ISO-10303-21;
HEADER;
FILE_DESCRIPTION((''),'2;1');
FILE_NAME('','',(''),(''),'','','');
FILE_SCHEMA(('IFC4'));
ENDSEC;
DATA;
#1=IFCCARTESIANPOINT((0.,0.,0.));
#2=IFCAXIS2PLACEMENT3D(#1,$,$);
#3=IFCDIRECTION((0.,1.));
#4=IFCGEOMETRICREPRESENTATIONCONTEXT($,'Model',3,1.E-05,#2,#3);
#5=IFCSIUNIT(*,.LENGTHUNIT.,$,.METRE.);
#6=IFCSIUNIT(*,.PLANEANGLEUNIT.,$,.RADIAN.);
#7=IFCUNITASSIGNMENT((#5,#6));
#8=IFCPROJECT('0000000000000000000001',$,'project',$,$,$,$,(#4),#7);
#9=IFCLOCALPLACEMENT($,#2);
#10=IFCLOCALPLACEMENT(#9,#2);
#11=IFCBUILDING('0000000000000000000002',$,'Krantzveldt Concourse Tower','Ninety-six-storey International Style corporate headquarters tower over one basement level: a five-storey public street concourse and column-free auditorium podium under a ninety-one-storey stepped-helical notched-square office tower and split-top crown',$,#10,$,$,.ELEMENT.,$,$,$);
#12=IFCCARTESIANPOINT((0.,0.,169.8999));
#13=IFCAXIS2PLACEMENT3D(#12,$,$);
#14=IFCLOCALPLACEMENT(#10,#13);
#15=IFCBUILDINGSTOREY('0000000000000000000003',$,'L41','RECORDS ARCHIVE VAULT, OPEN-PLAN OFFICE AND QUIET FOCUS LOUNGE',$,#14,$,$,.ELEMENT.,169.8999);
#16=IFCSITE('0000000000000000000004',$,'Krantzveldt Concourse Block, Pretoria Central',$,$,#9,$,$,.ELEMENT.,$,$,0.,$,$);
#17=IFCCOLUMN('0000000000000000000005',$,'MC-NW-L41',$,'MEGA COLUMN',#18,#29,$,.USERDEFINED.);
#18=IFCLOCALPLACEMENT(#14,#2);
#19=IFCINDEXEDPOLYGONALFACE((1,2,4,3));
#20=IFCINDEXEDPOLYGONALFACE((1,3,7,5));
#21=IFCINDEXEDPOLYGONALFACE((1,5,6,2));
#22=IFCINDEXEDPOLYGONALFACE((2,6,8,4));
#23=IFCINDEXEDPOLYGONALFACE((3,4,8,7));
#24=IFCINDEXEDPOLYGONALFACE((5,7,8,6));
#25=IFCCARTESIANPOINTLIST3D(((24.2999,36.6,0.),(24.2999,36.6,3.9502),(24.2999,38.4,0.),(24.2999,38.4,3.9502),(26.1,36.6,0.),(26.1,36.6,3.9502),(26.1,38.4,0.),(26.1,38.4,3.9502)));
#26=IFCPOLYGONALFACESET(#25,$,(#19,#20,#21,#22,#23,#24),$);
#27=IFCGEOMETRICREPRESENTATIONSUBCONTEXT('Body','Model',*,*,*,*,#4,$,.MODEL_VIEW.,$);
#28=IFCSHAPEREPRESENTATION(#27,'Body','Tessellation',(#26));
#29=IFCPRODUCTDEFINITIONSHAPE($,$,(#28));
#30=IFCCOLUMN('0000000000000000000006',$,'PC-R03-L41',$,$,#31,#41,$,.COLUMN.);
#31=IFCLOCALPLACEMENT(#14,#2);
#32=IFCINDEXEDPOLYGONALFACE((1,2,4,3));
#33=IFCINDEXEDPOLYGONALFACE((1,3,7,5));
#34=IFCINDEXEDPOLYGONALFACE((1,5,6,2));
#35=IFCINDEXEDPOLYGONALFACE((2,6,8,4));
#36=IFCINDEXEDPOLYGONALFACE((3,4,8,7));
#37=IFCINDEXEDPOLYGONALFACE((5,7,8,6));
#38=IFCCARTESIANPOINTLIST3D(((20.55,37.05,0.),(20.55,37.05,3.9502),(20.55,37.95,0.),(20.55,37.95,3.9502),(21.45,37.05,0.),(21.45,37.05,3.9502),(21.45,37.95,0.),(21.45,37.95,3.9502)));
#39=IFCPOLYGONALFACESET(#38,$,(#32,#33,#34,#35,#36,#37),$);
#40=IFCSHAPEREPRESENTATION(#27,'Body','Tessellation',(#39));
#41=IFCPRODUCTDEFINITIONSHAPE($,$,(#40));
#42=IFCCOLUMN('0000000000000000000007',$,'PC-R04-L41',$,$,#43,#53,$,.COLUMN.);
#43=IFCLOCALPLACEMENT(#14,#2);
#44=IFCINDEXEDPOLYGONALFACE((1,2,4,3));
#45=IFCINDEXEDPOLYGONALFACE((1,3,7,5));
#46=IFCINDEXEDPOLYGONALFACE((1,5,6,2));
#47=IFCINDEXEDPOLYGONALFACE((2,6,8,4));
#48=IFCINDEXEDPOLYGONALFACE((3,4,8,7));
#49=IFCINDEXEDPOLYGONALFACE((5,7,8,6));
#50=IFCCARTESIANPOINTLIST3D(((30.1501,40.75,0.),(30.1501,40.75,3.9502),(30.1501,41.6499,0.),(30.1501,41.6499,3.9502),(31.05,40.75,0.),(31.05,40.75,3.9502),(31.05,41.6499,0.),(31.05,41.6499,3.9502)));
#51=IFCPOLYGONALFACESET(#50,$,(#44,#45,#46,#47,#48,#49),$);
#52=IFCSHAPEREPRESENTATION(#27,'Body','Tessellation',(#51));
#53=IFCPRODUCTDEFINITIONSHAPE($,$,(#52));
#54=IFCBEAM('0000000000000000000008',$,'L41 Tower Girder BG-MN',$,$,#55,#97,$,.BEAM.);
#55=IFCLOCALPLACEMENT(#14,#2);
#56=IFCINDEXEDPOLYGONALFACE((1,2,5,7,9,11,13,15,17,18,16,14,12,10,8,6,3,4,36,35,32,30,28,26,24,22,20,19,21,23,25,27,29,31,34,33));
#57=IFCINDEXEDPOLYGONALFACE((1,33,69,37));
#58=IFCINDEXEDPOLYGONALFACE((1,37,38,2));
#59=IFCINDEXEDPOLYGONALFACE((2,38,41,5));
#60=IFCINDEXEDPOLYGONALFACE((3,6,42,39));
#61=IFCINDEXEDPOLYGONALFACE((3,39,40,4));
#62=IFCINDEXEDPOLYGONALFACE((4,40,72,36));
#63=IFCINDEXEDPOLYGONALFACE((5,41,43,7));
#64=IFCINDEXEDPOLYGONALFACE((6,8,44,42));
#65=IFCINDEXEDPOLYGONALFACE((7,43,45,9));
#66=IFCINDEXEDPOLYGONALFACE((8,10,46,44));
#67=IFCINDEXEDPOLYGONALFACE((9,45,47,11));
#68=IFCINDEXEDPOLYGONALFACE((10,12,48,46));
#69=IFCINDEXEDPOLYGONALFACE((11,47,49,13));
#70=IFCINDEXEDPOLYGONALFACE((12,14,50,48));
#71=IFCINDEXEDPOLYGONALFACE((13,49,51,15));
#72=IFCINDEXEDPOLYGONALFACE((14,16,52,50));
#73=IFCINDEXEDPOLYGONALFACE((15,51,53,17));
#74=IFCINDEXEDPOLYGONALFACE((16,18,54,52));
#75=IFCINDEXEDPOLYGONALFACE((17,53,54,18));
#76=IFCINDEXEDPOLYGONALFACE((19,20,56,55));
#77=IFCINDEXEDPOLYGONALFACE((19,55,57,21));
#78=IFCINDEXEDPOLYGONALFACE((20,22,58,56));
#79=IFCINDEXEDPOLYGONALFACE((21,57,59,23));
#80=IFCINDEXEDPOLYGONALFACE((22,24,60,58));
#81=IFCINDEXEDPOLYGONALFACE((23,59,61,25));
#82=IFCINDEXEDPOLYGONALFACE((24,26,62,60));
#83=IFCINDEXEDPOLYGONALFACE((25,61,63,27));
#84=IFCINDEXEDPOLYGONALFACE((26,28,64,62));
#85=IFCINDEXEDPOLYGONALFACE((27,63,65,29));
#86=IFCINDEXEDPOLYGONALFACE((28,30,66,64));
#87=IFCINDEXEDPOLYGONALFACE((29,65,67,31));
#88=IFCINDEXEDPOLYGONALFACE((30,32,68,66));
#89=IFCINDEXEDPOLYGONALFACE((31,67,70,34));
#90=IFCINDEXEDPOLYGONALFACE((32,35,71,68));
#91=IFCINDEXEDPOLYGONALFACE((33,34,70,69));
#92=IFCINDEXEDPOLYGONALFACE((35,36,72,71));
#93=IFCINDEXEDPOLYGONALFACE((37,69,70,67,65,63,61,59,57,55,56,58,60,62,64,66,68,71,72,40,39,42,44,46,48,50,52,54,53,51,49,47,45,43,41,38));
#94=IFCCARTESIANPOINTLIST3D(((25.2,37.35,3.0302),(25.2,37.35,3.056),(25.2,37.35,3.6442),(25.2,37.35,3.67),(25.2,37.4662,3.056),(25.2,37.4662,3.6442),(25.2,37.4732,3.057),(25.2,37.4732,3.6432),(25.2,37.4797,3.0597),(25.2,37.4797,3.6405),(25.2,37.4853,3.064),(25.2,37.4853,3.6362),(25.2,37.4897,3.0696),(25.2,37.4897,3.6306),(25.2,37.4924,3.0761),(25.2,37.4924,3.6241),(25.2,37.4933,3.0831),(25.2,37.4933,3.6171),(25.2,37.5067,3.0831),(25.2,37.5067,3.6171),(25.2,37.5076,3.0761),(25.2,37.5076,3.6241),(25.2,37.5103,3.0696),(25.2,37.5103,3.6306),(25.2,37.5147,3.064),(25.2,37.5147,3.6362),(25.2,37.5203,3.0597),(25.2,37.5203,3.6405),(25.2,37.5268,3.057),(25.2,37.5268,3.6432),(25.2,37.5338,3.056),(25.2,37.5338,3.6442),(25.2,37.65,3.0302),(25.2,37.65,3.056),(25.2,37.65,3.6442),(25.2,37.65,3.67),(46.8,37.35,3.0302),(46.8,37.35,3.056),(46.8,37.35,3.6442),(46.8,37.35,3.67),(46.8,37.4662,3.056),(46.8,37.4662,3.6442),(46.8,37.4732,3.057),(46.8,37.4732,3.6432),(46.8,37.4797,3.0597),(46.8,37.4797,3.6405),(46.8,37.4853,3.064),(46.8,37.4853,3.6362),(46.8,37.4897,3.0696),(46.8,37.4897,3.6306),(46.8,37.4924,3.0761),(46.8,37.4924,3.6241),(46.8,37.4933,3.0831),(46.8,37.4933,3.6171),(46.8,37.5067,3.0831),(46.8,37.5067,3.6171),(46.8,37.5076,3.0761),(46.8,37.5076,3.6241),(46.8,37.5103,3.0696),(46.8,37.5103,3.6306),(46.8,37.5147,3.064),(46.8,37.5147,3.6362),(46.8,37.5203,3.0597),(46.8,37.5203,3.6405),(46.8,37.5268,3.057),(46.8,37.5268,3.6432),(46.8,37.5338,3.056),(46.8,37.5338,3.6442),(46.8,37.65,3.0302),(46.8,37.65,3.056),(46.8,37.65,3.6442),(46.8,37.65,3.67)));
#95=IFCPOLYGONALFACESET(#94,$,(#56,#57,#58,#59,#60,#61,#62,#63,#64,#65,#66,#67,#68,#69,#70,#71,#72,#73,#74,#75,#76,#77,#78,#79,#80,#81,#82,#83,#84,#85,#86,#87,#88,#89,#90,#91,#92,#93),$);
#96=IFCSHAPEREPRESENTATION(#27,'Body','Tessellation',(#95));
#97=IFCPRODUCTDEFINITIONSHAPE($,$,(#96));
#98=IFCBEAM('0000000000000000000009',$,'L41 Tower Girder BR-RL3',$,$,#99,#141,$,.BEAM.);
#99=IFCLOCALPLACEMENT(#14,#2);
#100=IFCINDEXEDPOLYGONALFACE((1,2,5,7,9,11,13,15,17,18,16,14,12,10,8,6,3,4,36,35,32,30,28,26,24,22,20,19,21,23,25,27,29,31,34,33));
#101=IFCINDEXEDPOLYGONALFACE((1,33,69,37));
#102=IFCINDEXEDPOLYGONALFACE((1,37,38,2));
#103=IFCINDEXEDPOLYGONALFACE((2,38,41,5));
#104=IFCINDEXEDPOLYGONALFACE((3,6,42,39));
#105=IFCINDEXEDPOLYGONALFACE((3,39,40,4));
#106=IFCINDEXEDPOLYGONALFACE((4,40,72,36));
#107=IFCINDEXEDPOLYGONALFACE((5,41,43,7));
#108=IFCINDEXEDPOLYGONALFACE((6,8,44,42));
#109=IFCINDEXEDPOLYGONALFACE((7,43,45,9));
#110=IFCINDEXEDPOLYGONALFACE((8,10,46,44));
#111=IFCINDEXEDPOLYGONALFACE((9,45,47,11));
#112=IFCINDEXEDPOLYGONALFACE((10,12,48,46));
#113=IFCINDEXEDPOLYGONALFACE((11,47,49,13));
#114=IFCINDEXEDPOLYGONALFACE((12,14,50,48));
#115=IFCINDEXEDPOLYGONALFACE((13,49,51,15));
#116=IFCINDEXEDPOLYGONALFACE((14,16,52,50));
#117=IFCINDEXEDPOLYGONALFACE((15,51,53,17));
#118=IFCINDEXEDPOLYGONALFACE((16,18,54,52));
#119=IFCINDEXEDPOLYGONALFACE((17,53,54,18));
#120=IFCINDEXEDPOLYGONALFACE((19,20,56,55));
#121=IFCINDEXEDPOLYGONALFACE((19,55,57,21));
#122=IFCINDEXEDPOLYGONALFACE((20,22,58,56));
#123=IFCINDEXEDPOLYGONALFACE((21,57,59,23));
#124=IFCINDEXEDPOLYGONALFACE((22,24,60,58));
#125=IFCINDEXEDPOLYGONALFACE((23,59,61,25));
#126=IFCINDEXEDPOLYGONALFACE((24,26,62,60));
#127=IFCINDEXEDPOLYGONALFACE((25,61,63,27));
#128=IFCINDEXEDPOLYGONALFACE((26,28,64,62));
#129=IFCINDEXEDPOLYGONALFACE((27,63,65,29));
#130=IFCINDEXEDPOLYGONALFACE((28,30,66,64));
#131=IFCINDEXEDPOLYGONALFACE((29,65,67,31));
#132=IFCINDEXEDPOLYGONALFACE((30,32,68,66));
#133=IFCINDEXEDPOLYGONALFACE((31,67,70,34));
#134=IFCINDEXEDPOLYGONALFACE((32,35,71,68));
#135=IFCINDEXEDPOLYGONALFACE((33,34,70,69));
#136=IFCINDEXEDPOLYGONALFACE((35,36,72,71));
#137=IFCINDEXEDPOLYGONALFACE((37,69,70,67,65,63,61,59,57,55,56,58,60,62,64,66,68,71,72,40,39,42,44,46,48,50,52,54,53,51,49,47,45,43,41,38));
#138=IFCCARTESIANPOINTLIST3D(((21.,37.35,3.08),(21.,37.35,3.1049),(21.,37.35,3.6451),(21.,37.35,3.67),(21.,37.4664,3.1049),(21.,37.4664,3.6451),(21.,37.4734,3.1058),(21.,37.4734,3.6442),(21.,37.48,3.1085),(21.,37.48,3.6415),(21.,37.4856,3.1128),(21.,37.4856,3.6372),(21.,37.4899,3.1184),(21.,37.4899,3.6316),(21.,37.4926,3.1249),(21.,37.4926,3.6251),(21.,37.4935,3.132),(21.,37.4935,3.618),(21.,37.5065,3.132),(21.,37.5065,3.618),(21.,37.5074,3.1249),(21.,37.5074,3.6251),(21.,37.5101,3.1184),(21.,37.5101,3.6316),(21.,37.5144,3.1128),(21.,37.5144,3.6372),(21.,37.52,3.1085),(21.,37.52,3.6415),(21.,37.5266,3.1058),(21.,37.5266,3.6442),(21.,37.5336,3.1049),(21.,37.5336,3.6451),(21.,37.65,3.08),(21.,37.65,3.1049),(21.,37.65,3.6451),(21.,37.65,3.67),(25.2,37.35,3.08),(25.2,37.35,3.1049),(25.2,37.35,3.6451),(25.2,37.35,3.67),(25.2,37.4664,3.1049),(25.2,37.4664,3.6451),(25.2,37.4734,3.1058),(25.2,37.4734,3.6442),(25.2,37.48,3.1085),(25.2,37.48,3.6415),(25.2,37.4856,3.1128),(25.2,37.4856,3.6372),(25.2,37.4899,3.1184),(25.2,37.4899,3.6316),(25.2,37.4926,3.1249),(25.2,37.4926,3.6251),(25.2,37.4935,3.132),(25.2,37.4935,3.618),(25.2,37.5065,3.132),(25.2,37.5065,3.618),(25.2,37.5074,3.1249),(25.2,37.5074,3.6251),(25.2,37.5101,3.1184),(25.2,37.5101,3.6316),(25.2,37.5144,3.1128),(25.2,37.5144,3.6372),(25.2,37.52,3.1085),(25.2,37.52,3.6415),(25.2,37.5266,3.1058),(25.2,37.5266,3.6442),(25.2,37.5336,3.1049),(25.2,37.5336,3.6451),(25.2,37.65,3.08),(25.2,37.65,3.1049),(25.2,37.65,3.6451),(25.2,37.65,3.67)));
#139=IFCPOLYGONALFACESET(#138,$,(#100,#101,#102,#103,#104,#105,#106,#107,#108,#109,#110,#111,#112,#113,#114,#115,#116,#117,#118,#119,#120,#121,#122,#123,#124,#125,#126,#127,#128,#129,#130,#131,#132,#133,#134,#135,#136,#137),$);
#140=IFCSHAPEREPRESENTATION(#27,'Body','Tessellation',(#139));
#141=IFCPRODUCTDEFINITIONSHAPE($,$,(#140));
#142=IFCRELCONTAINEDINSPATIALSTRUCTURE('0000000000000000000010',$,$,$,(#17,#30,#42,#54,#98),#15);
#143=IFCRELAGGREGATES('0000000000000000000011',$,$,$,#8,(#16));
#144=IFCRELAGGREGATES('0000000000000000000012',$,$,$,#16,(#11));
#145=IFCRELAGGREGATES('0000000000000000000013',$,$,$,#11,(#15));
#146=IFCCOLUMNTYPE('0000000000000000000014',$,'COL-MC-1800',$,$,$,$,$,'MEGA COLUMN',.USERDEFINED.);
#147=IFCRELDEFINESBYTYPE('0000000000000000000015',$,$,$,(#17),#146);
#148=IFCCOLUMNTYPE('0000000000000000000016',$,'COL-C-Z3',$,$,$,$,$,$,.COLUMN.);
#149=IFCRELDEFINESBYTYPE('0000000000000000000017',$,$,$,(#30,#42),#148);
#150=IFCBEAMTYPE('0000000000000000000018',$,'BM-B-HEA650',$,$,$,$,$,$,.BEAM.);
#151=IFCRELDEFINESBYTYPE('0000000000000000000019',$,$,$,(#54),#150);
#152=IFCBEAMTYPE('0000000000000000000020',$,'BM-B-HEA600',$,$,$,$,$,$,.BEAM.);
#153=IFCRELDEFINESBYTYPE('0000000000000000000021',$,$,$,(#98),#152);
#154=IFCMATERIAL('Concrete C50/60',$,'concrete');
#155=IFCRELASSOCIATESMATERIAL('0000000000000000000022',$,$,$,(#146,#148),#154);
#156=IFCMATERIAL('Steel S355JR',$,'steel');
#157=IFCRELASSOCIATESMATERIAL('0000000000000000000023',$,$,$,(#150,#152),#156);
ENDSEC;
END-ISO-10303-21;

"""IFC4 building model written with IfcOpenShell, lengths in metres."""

from ifc_helpers import new_model, si_unit, direction, frame, origin, origin_2d, place, context, subcontext, project, spatial, rectangle, i_section, extrude, source, transform, mapped, material, material_profile, profile_set, type_object, type_shapes, element, save


model = new_model("IFC4")

# Units and contexts
model_context = context("Model", 3, precision=1e-05, world=origin(), true_north=direction((0.0, 1.0)))
body_context = subcontext(model_context, "Body", "Model", "MODEL_VIEW")
ifc_project = project(units=[si_unit("LENGTHUNIT", "METRE"), si_unit("PLANEANGLEUNIT", "RADIAN")], contexts=[model_context])

# Site, building, storey
site_placement = place(None, origin())
site = spatial("IfcSite", under=ifc_project, at=site_placement, Name="Krantzveldt Concourse Block, Pretoria Central", CompositionType="ELEMENT", RefElevation=0.0)
building_placement = place(site_placement, origin())
building = spatial("IfcBuilding", under=site, at=building_placement, Name="Krantzveldt Concourse Tower", Description="Ninety-six-storey International Style corporate headquarters tower over one basement level: a five-storey public street concourse and column-free auditorium podium under a ninety-one-storey stepped-helical notched-square office tower and split-top crown", CompositionType="ELEMENT")
storey_placement = place(building_placement, frame((0.0, 0.0, 169.8999)))
storey = spatial("IfcBuildingStorey", under=building, at=storey_placement, Name="L41", Description="RECORDS ARCHIVE VAULT, OPEN-PLAN OFFICE AND QUIET FOCUS LOUNGE", CompositionType="ELEMENT", Elevation=169.8999)

# Columns
ifc_material_1 = material(Name="Concrete C50/60", Category="concrete")
ifc_material_profile_1 = material_profile(ifc_material_1, rectangle(XDim=1.8, YDim=1.8, at=origin_2d()), Name="Concrete C50/60", Category="concrete")
ifc_profile_set_1 = profile_set([ifc_material_profile_1], Name="Concrete C50/60 - RC 1800x1800")
column_type_1 = type_object("IfcColumnType", Name="COL-MC-1800", ElementType="MEGA COLUMN", PredefinedType="USERDEFINED", material=ifc_profile_set_1)
shared_shape_1 = source(origin(), body_context, "Body", "SweptSolid", [
    extrude(rectangle(XDim=1.8, YDim=1.8, at=origin_2d()), origin(), (0.0, 0.0, 1.0), 3.9502),
])
type_shapes(column_type_1, [shared_shape_1])
column_placement = place(storey_placement, frame((25.2, 37.5, 0.0), z_axis=(0.0, 0.0, 1.0), x_axis=(1.0, 0.0, 0.0)))
element("IfcColumn", 1, at=column_placement, inside=storey, type_object=column_type_1, Name="MC-NW-L41", ObjectType="MEGA COLUMN", PredefinedType="USERDEFINED", context=body_context, shape_type="MappedRepresentation", body=[
    mapped(shared_shape_1, transform((0.0, 0.0, 0.0), x_axis=(1.0, 0.0, 0.0), y_axis=(0.0, 1.0, 0.0), z_axis=(0.0, 0.0, 1.0), scale=1.0)),
])
ifc_material_profile_2 = material_profile(ifc_material_1, rectangle(XDim=0.8999, YDim=0.8999, at=origin_2d()), Name="Concrete C50/60", Category="concrete")
ifc_profile_set_2 = profile_set([ifc_material_profile_2], Name="Concrete C50/60 - RC 900x900")
column_type_2 = type_object("IfcColumnType", Name="COL-C-Z3", PredefinedType="COLUMN", material=ifc_profile_set_2)
shared_shape_2 = source(origin(), body_context, "Body", "SweptSolid", [
    extrude(rectangle(XDim=0.8999, YDim=0.8999, at=origin_2d()), origin(), (0.0, 0.0, 1.0), 3.9502),
])
type_shapes(column_type_2, [shared_shape_2])
for number, where, z_axis, x_axis, name in (
    (2, (21.0, 37.5, 0.0), (0.0, 0.0, 1.0), (1.0, 0.0, 0.0), "PC-R03-L41"),
    (3, (30.6001, 41.2, 0.0), (0.0, 0.0, 1.0), (1.0, 0.0, 0.0), "PC-R04-L41"),
):
    element("IfcColumn", number, at=place(storey_placement, frame(where, z_axis=z_axis, x_axis=x_axis)), inside=storey, type_object=column_type_2, Name=name, PredefinedType="COLUMN", context=body_context, shape_type="MappedRepresentation", body=[
        mapped(shared_shape_2, transform((0.0, 0.0, 0.0), x_axis=(1.0, 0.0, 0.0), y_axis=(0.0, 1.0, 0.0), z_axis=(0.0, 0.0, 1.0), scale=1.0)),
    ])

# Beams
ifc_material_2 = material(Name="Steel S355JR", Category="steel")
ifc_material_profile_3 = material_profile(ifc_material_2, i_section(OverallWidth=0.3, OverallDepth=0.6399, WebThickness=0.0134, FlangeThickness=0.0259, FilletRadius=0.0271, at=origin_2d()), Name="Steel S355JR", Category="steel")
ifc_profile_set_3 = profile_set([ifc_material_profile_3], Name="Steel S355JR - HEA 650")
beam_type_1 = type_object("IfcBeamType", Name="BM-B-HEA650", PredefinedType="BEAM", material=ifc_profile_set_3)
shared_shape_3 = source(origin(), body_context, "Body", "SweptSolid", [
    extrude(i_section(OverallWidth=0.3, OverallDepth=0.6399, WebThickness=0.0134, FlangeThickness=0.0259, FilletRadius=0.0271, at=origin_2d()), origin(), (0.0, 0.0, 1.0), 21.6001),
])
type_shapes(beam_type_1, [shared_shape_3])
beam_1_placement = place(storey_placement, frame((25.2, 37.5, 3.3501), z_axis=(1.0, 0.0, 0.0), x_axis=(0.0, 1.0, 0.0)))
element("IfcBeam", 4, at=beam_1_placement, inside=storey, type_object=beam_type_1, Name="L41 Tower Girder BG-MN", PredefinedType="BEAM", context=body_context, shape_type="MappedRepresentation", body=[
    mapped(shared_shape_3, transform((0.0, 0.0, 0.0), x_axis=(1.0, 0.0, 0.0), y_axis=(0.0, 1.0, 0.0), z_axis=(0.0, 0.0, 1.0), scale=1.0)),
])
ifc_material_profile_4 = material_profile(ifc_material_2, i_section(OverallWidth=0.3, OverallDepth=0.5901, WebThickness=0.0129, FlangeThickness=0.0249, FilletRadius=0.0271, at=origin_2d()), Name="Steel S355JR", Category="steel")
ifc_profile_set_4 = profile_set([ifc_material_profile_4], Name="Steel S355JR - HEA 600")
beam_type_2 = type_object("IfcBeamType", Name="BM-B-HEA600", PredefinedType="BEAM", material=ifc_profile_set_4)
shared_shape_4 = source(origin(), body_context, "Body", "SweptSolid", [
    extrude(i_section(OverallWidth=0.3, OverallDepth=0.5901, WebThickness=0.0129, FlangeThickness=0.0249, FilletRadius=0.0271, at=origin_2d()), origin(), (0.0, 0.0, 1.0), 4.2),
])
beam_2_placement = place(storey_placement, frame((21.0, 37.5, 3.375), z_axis=(1.0, 0.0, 0.0), x_axis=(0.0, 1.0, 0.0)))
element("IfcBeam", 5, at=beam_2_placement, inside=storey, type_object=beam_type_2, Name="L41 Tower Girder BR-RL3", PredefinedType="BEAM", context=body_context, shape_type="MappedRepresentation", body=[
    mapped(shared_shape_4, transform((0.0, 0.0, 0.0), x_axis=(1.0, 0.0, 0.0), y_axis=(0.0, 1.0, 0.0), z_axis=(0.0, 0.0, 1.0), scale=1.0)),
])

save(model, "model.ifc")
